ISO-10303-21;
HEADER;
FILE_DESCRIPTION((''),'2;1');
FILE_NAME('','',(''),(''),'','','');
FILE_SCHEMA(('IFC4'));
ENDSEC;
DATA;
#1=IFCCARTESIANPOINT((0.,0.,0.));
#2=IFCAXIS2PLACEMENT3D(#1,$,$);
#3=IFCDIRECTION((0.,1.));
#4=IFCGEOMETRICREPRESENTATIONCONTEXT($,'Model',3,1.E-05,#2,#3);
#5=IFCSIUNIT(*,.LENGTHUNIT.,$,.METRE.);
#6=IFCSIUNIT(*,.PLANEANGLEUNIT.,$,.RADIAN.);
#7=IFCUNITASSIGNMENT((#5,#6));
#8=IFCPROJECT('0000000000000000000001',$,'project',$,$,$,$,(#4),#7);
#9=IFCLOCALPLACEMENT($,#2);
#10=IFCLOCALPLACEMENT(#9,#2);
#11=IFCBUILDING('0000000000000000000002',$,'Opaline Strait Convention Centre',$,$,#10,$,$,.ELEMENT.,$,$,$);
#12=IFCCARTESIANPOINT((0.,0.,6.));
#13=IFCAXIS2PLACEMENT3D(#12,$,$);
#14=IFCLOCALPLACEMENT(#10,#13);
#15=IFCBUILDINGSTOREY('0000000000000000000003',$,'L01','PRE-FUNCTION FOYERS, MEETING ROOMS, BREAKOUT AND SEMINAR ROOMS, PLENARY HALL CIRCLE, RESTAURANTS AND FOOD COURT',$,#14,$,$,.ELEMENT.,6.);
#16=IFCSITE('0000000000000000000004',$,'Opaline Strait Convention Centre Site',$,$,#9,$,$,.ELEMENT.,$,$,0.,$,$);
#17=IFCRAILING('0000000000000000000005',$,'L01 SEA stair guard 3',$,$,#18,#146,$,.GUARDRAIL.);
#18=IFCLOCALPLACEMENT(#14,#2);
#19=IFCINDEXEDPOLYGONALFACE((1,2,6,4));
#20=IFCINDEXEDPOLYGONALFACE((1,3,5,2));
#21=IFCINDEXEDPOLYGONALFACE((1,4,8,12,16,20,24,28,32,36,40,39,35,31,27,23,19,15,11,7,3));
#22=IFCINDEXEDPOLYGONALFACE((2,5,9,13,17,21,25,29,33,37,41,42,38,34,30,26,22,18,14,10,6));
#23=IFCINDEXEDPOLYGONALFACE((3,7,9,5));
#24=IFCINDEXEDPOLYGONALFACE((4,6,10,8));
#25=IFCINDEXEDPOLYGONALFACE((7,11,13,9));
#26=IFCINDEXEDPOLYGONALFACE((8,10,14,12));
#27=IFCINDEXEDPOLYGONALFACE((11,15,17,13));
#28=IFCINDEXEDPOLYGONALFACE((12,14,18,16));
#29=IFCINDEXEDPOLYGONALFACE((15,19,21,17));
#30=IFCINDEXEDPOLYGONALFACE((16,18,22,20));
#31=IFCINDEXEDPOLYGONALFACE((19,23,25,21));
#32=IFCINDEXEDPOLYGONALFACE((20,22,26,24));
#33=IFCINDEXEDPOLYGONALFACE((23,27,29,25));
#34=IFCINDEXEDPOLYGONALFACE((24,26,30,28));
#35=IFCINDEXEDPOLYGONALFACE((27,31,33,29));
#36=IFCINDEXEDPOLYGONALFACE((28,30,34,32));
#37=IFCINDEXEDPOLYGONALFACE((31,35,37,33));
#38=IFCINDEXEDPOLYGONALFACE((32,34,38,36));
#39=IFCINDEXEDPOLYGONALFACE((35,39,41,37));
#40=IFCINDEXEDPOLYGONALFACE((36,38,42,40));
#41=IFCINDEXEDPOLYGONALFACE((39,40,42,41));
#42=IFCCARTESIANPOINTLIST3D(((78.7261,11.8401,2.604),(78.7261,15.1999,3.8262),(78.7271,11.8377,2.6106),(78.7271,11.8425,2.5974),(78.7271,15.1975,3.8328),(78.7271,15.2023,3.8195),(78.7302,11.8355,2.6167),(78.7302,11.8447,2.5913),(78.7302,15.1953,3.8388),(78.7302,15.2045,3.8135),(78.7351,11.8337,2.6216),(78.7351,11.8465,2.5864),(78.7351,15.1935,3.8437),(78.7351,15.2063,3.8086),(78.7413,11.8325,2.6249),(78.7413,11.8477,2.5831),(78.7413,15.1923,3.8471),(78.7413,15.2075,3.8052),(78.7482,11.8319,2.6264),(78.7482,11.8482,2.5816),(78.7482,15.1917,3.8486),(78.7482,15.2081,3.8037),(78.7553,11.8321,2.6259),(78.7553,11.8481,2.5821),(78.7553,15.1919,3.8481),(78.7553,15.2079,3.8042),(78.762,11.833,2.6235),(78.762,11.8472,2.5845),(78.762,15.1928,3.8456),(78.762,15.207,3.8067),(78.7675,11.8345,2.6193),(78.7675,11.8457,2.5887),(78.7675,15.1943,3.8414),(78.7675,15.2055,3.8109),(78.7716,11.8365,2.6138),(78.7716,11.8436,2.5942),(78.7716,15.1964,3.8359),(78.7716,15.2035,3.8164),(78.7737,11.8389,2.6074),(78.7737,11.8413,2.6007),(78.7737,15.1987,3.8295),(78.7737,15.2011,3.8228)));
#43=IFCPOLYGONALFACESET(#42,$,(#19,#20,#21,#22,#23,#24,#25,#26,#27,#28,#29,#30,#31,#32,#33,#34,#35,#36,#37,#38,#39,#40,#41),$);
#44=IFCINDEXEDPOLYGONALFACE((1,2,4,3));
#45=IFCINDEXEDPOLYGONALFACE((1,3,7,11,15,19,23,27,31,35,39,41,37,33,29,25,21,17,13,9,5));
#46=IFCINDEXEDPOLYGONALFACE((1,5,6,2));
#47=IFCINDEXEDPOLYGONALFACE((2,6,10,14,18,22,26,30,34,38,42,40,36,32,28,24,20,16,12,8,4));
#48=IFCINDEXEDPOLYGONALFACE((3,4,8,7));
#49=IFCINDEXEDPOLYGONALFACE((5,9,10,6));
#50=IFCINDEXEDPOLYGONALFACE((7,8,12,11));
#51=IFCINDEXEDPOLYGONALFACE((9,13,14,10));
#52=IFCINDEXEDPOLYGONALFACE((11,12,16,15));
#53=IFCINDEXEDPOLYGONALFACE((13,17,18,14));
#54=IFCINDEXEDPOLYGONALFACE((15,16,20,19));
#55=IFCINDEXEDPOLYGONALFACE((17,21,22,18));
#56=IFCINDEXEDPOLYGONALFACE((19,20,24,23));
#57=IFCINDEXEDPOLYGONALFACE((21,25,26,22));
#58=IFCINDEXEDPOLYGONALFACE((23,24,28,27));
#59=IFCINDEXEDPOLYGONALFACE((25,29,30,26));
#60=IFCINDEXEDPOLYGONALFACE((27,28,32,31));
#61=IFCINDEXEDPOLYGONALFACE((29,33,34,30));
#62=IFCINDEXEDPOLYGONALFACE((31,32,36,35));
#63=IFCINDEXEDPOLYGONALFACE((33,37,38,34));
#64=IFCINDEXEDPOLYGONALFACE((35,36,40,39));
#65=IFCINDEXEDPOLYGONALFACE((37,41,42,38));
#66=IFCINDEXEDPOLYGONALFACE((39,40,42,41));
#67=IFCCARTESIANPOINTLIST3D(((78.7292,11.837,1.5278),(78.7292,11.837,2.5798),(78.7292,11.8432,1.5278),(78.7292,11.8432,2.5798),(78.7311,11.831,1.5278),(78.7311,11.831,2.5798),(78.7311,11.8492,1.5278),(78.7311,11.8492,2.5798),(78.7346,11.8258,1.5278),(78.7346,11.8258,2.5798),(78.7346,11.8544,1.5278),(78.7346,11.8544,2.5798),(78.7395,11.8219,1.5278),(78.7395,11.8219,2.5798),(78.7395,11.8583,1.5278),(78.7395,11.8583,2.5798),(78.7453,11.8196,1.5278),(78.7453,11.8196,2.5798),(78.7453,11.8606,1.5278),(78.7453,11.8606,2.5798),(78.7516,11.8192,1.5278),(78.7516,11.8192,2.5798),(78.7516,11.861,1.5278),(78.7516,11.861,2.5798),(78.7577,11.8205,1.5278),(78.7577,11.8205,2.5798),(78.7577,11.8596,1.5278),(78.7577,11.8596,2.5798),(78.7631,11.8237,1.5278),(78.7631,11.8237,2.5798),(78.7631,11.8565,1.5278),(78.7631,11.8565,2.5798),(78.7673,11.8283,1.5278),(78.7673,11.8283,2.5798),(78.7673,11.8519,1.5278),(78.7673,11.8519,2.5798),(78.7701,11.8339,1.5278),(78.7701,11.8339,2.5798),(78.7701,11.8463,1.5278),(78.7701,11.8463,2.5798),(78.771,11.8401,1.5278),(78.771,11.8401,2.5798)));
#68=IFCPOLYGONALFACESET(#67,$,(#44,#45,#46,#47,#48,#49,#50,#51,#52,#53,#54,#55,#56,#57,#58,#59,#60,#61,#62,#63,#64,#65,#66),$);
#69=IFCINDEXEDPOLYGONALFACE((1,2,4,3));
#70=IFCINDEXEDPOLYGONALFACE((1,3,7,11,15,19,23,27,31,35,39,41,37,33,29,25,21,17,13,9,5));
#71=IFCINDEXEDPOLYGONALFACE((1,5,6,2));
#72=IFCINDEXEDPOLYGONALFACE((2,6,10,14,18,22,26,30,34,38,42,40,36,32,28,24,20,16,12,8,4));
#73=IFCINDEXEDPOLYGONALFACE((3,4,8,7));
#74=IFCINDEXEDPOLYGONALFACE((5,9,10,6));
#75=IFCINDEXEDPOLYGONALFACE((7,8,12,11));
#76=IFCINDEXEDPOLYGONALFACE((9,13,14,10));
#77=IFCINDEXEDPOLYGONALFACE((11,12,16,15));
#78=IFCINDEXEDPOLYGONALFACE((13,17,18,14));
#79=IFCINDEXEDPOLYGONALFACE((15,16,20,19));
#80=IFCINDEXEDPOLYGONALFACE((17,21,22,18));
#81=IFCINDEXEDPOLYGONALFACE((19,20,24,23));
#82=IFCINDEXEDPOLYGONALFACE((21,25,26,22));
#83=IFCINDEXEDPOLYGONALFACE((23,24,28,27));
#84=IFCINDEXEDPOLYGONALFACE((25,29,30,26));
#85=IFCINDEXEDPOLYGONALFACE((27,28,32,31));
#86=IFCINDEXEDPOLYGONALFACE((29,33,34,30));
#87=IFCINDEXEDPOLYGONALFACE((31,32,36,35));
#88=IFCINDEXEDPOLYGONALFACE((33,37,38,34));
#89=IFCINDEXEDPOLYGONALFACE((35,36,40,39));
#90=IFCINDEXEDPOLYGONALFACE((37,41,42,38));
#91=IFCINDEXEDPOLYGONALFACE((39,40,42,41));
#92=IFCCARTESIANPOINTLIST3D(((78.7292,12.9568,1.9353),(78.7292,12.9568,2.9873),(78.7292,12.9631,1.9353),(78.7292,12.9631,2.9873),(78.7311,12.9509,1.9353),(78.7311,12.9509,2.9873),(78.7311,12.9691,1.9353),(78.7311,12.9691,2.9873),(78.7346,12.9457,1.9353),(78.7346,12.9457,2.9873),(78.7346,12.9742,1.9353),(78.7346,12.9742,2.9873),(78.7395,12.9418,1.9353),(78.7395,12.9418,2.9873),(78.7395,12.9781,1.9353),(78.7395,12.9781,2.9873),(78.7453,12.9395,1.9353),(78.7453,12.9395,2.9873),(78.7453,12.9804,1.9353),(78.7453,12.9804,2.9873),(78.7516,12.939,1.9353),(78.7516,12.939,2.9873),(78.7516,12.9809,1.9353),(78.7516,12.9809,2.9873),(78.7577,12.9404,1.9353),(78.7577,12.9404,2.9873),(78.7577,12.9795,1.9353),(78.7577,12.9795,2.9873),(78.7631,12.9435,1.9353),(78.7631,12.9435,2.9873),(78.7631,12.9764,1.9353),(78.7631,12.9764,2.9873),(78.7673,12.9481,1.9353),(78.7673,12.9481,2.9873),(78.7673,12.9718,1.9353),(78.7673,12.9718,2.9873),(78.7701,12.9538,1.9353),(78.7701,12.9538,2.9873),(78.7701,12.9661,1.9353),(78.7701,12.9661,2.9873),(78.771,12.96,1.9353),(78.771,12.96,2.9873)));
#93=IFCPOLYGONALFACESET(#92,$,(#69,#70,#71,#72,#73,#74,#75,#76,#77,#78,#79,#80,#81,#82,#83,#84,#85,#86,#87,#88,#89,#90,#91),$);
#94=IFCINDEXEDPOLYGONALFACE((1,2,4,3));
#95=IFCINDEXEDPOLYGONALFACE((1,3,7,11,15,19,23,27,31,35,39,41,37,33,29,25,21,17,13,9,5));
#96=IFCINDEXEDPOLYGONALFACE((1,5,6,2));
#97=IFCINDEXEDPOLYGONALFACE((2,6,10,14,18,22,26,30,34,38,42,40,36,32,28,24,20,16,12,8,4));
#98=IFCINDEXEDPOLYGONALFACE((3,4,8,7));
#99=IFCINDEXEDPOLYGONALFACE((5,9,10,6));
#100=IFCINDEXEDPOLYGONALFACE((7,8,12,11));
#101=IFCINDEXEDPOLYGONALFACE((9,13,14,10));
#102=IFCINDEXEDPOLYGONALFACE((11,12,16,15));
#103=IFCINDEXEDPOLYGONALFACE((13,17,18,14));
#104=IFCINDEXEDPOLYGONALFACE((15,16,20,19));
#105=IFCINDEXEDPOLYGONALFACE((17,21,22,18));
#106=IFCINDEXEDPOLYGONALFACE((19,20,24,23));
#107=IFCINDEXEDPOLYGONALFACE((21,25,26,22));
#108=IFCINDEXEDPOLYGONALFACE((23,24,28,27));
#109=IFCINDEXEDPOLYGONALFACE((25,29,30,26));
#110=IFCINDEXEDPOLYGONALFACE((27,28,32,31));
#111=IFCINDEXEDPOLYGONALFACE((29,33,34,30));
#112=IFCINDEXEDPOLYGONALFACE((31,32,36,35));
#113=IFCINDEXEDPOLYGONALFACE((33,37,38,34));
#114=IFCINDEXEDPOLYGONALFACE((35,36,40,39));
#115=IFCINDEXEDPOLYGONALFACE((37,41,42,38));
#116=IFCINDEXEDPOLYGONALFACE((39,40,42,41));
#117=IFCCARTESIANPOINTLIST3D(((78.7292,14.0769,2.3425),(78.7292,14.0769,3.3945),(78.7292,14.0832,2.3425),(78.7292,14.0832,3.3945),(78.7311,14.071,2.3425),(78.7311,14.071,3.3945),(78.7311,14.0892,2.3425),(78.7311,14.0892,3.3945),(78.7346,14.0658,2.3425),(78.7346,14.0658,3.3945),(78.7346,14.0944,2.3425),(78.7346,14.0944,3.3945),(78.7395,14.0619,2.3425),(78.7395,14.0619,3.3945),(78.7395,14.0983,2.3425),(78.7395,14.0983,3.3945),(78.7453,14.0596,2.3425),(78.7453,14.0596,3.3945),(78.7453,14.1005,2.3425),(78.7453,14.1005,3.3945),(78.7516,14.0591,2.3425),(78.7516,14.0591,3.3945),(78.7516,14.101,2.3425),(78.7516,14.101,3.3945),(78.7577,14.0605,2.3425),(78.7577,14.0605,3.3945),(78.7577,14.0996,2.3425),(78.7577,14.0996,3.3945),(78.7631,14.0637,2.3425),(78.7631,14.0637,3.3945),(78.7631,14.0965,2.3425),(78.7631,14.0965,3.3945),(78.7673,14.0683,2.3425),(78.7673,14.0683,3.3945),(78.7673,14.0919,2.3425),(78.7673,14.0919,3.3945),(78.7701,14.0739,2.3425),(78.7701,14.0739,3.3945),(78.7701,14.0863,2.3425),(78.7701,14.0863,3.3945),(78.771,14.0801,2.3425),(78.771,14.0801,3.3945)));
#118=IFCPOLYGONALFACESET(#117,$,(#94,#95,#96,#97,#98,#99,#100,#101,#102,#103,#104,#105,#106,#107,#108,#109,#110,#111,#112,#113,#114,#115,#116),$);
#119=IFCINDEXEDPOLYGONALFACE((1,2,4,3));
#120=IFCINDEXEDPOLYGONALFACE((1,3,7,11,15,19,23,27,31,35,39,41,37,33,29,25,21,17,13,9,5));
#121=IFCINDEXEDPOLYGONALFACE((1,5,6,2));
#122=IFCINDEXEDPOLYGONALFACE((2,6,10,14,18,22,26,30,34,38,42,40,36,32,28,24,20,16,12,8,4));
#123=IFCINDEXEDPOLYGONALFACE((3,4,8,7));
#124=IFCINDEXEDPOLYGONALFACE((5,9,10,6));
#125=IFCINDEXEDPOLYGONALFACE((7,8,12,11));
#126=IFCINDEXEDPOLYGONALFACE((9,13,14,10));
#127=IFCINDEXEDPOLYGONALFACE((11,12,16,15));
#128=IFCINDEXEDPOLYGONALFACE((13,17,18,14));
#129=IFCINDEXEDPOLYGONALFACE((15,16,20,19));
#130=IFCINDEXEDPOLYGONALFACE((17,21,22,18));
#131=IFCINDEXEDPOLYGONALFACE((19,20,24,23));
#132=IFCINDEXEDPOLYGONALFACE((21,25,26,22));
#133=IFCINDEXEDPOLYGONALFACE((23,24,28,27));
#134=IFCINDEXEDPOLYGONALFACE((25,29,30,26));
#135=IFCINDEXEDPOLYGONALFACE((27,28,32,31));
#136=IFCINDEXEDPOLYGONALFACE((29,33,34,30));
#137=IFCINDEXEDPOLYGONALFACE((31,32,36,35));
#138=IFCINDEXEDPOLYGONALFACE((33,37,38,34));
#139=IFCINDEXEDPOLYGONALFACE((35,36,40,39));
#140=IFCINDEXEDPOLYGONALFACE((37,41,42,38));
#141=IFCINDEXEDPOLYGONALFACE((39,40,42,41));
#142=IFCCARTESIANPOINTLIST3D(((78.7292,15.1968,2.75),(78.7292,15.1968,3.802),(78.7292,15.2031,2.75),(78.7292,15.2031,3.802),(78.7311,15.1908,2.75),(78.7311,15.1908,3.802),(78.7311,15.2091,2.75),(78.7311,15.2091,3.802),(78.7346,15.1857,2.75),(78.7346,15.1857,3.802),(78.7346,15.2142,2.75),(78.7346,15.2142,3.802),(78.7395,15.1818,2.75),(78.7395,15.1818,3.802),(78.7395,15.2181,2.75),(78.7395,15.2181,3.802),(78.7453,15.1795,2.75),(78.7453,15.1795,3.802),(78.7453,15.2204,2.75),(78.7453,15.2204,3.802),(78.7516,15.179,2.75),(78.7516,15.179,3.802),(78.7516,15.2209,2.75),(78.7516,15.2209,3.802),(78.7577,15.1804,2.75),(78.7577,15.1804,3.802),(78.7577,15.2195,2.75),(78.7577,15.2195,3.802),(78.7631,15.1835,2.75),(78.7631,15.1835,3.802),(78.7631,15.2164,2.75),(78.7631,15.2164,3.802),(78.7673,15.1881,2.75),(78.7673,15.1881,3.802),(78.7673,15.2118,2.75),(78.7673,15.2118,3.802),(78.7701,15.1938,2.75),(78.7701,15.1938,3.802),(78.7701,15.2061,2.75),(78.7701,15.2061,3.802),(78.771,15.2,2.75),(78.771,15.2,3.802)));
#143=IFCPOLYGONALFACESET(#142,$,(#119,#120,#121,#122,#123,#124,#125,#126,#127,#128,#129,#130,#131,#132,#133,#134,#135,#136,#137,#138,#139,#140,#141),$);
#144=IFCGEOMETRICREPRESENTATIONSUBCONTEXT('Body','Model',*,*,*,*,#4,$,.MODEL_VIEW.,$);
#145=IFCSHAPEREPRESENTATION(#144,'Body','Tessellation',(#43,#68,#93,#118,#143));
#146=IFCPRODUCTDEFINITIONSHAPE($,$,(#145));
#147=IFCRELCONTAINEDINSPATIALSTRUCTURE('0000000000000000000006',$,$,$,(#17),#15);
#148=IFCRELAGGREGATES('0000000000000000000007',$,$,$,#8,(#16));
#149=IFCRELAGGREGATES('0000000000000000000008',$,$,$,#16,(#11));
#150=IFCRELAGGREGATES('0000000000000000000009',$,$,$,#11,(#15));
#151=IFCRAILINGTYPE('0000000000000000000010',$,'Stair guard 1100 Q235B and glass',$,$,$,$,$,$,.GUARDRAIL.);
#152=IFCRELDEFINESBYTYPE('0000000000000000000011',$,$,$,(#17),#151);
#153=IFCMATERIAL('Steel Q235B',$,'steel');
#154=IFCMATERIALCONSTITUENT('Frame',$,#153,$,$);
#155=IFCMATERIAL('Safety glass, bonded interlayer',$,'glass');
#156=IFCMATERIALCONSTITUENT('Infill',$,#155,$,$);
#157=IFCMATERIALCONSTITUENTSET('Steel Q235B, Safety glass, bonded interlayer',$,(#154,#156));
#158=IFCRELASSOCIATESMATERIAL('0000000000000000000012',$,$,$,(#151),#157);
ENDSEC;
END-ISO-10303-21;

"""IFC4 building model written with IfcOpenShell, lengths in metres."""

from ifc_helpers import new_model, si_unit, direction, frame, origin, origin_2d, place, context, subcontext, project, spatial, circle, extrude, material, constituent, constituent_set, type_object, element, save


model = new_model("IFC4")

# Units and contexts
model_context = context("Model", 3, precision=1e-05, world=origin(), true_north=direction((0.0, 1.0)))
body_context = subcontext(model_context, "Body", "Model", "MODEL_VIEW")
ifc_project = project(units=[si_unit("LENGTHUNIT", "METRE"), si_unit("PLANEANGLEUNIT", "RADIAN")], contexts=[model_context])

# Site, building, storey
site_placement = place(None, origin())
site = spatial("IfcSite", under=ifc_project, at=site_placement, Name="Opaline Strait Convention Centre Site", CompositionType="ELEMENT", RefElevation=0.0)
building_placement = place(site_placement, origin())
building = spatial("IfcBuilding", under=site, at=building_placement, Name="Opaline Strait Convention Centre", CompositionType="ELEMENT")
storey_placement = place(building_placement, frame((0.0, 0.0, 6.0)))
storey = spatial("IfcBuildingStorey", under=building, at=storey_placement, Name="L01", Description="PRE-FUNCTION FOYERS, MEETING ROOMS, BREAKOUT AND SEMINAR ROOMS, PLENARY HALL CIRCLE, RESTAURANTS AND FOOD COURT", CompositionType="ELEMENT", Elevation=6.0)

# Railing
ifc_material_1 = material(Name="Steel Q235B", Category="steel")
ifc_constituent_1 = constituent(ifc_material_1, Name="Frame")
ifc_material_2 = material(Name="Safety glass, bonded interlayer", Category="glass")
ifc_constituent_2 = constituent(ifc_material_2, Name="Infill")
ifc_constituent_set = constituent_set(constituents=[ifc_constituent_1, ifc_constituent_2], Name="Steel Q235B, Safety glass, bonded interlayer")
railing_type_1 = type_object("IfcRailingType", Name="Stair guard 1100 Q235B and glass", PredefinedType="GUARDRAIL", material=ifc_constituent_set)
railing_1_placement = place(storey_placement, frame((78.75, 11.8401, 1.5278)))
element("IfcRailing", 1, at=railing_1_placement, inside=storey, type_object=railing_type_1, Name="L01 SEA stair guard 3", PredefinedType="GUARDRAIL", context=body_context, shape_type="SweptSolid", body=[
    extrude(circle(Radius=0.0239, at=origin_2d()), frame((0.0, 0.0, 1.0762), z_axis=(0.0, 0.939758, 0.341842), x_axis=(-1.0, 0.0, 0.0)), (0.0, 0.0, 1.0), 3.5752),
    extrude(circle(Radius=0.021, at=origin_2d()), origin(), (0.0, 0.0, 1.0), 1.052),
    extrude(circle(Radius=0.021, at=origin_2d()), frame((0.0, 1.1199, 0.4075)), (0.0, 0.0, 1.0), 1.052),
    extrude(circle(Radius=0.021, at=origin_2d()), frame((0.0, 2.24, 0.8147)), (0.0, 0.0, 1.0), 1.052),
    extrude(circle(Radius=0.021, at=origin_2d()), frame((0.0, 3.3599, 1.2222)), (0.0, 0.0, 1.0), 1.052),
])

save(model, "model.ifc")
